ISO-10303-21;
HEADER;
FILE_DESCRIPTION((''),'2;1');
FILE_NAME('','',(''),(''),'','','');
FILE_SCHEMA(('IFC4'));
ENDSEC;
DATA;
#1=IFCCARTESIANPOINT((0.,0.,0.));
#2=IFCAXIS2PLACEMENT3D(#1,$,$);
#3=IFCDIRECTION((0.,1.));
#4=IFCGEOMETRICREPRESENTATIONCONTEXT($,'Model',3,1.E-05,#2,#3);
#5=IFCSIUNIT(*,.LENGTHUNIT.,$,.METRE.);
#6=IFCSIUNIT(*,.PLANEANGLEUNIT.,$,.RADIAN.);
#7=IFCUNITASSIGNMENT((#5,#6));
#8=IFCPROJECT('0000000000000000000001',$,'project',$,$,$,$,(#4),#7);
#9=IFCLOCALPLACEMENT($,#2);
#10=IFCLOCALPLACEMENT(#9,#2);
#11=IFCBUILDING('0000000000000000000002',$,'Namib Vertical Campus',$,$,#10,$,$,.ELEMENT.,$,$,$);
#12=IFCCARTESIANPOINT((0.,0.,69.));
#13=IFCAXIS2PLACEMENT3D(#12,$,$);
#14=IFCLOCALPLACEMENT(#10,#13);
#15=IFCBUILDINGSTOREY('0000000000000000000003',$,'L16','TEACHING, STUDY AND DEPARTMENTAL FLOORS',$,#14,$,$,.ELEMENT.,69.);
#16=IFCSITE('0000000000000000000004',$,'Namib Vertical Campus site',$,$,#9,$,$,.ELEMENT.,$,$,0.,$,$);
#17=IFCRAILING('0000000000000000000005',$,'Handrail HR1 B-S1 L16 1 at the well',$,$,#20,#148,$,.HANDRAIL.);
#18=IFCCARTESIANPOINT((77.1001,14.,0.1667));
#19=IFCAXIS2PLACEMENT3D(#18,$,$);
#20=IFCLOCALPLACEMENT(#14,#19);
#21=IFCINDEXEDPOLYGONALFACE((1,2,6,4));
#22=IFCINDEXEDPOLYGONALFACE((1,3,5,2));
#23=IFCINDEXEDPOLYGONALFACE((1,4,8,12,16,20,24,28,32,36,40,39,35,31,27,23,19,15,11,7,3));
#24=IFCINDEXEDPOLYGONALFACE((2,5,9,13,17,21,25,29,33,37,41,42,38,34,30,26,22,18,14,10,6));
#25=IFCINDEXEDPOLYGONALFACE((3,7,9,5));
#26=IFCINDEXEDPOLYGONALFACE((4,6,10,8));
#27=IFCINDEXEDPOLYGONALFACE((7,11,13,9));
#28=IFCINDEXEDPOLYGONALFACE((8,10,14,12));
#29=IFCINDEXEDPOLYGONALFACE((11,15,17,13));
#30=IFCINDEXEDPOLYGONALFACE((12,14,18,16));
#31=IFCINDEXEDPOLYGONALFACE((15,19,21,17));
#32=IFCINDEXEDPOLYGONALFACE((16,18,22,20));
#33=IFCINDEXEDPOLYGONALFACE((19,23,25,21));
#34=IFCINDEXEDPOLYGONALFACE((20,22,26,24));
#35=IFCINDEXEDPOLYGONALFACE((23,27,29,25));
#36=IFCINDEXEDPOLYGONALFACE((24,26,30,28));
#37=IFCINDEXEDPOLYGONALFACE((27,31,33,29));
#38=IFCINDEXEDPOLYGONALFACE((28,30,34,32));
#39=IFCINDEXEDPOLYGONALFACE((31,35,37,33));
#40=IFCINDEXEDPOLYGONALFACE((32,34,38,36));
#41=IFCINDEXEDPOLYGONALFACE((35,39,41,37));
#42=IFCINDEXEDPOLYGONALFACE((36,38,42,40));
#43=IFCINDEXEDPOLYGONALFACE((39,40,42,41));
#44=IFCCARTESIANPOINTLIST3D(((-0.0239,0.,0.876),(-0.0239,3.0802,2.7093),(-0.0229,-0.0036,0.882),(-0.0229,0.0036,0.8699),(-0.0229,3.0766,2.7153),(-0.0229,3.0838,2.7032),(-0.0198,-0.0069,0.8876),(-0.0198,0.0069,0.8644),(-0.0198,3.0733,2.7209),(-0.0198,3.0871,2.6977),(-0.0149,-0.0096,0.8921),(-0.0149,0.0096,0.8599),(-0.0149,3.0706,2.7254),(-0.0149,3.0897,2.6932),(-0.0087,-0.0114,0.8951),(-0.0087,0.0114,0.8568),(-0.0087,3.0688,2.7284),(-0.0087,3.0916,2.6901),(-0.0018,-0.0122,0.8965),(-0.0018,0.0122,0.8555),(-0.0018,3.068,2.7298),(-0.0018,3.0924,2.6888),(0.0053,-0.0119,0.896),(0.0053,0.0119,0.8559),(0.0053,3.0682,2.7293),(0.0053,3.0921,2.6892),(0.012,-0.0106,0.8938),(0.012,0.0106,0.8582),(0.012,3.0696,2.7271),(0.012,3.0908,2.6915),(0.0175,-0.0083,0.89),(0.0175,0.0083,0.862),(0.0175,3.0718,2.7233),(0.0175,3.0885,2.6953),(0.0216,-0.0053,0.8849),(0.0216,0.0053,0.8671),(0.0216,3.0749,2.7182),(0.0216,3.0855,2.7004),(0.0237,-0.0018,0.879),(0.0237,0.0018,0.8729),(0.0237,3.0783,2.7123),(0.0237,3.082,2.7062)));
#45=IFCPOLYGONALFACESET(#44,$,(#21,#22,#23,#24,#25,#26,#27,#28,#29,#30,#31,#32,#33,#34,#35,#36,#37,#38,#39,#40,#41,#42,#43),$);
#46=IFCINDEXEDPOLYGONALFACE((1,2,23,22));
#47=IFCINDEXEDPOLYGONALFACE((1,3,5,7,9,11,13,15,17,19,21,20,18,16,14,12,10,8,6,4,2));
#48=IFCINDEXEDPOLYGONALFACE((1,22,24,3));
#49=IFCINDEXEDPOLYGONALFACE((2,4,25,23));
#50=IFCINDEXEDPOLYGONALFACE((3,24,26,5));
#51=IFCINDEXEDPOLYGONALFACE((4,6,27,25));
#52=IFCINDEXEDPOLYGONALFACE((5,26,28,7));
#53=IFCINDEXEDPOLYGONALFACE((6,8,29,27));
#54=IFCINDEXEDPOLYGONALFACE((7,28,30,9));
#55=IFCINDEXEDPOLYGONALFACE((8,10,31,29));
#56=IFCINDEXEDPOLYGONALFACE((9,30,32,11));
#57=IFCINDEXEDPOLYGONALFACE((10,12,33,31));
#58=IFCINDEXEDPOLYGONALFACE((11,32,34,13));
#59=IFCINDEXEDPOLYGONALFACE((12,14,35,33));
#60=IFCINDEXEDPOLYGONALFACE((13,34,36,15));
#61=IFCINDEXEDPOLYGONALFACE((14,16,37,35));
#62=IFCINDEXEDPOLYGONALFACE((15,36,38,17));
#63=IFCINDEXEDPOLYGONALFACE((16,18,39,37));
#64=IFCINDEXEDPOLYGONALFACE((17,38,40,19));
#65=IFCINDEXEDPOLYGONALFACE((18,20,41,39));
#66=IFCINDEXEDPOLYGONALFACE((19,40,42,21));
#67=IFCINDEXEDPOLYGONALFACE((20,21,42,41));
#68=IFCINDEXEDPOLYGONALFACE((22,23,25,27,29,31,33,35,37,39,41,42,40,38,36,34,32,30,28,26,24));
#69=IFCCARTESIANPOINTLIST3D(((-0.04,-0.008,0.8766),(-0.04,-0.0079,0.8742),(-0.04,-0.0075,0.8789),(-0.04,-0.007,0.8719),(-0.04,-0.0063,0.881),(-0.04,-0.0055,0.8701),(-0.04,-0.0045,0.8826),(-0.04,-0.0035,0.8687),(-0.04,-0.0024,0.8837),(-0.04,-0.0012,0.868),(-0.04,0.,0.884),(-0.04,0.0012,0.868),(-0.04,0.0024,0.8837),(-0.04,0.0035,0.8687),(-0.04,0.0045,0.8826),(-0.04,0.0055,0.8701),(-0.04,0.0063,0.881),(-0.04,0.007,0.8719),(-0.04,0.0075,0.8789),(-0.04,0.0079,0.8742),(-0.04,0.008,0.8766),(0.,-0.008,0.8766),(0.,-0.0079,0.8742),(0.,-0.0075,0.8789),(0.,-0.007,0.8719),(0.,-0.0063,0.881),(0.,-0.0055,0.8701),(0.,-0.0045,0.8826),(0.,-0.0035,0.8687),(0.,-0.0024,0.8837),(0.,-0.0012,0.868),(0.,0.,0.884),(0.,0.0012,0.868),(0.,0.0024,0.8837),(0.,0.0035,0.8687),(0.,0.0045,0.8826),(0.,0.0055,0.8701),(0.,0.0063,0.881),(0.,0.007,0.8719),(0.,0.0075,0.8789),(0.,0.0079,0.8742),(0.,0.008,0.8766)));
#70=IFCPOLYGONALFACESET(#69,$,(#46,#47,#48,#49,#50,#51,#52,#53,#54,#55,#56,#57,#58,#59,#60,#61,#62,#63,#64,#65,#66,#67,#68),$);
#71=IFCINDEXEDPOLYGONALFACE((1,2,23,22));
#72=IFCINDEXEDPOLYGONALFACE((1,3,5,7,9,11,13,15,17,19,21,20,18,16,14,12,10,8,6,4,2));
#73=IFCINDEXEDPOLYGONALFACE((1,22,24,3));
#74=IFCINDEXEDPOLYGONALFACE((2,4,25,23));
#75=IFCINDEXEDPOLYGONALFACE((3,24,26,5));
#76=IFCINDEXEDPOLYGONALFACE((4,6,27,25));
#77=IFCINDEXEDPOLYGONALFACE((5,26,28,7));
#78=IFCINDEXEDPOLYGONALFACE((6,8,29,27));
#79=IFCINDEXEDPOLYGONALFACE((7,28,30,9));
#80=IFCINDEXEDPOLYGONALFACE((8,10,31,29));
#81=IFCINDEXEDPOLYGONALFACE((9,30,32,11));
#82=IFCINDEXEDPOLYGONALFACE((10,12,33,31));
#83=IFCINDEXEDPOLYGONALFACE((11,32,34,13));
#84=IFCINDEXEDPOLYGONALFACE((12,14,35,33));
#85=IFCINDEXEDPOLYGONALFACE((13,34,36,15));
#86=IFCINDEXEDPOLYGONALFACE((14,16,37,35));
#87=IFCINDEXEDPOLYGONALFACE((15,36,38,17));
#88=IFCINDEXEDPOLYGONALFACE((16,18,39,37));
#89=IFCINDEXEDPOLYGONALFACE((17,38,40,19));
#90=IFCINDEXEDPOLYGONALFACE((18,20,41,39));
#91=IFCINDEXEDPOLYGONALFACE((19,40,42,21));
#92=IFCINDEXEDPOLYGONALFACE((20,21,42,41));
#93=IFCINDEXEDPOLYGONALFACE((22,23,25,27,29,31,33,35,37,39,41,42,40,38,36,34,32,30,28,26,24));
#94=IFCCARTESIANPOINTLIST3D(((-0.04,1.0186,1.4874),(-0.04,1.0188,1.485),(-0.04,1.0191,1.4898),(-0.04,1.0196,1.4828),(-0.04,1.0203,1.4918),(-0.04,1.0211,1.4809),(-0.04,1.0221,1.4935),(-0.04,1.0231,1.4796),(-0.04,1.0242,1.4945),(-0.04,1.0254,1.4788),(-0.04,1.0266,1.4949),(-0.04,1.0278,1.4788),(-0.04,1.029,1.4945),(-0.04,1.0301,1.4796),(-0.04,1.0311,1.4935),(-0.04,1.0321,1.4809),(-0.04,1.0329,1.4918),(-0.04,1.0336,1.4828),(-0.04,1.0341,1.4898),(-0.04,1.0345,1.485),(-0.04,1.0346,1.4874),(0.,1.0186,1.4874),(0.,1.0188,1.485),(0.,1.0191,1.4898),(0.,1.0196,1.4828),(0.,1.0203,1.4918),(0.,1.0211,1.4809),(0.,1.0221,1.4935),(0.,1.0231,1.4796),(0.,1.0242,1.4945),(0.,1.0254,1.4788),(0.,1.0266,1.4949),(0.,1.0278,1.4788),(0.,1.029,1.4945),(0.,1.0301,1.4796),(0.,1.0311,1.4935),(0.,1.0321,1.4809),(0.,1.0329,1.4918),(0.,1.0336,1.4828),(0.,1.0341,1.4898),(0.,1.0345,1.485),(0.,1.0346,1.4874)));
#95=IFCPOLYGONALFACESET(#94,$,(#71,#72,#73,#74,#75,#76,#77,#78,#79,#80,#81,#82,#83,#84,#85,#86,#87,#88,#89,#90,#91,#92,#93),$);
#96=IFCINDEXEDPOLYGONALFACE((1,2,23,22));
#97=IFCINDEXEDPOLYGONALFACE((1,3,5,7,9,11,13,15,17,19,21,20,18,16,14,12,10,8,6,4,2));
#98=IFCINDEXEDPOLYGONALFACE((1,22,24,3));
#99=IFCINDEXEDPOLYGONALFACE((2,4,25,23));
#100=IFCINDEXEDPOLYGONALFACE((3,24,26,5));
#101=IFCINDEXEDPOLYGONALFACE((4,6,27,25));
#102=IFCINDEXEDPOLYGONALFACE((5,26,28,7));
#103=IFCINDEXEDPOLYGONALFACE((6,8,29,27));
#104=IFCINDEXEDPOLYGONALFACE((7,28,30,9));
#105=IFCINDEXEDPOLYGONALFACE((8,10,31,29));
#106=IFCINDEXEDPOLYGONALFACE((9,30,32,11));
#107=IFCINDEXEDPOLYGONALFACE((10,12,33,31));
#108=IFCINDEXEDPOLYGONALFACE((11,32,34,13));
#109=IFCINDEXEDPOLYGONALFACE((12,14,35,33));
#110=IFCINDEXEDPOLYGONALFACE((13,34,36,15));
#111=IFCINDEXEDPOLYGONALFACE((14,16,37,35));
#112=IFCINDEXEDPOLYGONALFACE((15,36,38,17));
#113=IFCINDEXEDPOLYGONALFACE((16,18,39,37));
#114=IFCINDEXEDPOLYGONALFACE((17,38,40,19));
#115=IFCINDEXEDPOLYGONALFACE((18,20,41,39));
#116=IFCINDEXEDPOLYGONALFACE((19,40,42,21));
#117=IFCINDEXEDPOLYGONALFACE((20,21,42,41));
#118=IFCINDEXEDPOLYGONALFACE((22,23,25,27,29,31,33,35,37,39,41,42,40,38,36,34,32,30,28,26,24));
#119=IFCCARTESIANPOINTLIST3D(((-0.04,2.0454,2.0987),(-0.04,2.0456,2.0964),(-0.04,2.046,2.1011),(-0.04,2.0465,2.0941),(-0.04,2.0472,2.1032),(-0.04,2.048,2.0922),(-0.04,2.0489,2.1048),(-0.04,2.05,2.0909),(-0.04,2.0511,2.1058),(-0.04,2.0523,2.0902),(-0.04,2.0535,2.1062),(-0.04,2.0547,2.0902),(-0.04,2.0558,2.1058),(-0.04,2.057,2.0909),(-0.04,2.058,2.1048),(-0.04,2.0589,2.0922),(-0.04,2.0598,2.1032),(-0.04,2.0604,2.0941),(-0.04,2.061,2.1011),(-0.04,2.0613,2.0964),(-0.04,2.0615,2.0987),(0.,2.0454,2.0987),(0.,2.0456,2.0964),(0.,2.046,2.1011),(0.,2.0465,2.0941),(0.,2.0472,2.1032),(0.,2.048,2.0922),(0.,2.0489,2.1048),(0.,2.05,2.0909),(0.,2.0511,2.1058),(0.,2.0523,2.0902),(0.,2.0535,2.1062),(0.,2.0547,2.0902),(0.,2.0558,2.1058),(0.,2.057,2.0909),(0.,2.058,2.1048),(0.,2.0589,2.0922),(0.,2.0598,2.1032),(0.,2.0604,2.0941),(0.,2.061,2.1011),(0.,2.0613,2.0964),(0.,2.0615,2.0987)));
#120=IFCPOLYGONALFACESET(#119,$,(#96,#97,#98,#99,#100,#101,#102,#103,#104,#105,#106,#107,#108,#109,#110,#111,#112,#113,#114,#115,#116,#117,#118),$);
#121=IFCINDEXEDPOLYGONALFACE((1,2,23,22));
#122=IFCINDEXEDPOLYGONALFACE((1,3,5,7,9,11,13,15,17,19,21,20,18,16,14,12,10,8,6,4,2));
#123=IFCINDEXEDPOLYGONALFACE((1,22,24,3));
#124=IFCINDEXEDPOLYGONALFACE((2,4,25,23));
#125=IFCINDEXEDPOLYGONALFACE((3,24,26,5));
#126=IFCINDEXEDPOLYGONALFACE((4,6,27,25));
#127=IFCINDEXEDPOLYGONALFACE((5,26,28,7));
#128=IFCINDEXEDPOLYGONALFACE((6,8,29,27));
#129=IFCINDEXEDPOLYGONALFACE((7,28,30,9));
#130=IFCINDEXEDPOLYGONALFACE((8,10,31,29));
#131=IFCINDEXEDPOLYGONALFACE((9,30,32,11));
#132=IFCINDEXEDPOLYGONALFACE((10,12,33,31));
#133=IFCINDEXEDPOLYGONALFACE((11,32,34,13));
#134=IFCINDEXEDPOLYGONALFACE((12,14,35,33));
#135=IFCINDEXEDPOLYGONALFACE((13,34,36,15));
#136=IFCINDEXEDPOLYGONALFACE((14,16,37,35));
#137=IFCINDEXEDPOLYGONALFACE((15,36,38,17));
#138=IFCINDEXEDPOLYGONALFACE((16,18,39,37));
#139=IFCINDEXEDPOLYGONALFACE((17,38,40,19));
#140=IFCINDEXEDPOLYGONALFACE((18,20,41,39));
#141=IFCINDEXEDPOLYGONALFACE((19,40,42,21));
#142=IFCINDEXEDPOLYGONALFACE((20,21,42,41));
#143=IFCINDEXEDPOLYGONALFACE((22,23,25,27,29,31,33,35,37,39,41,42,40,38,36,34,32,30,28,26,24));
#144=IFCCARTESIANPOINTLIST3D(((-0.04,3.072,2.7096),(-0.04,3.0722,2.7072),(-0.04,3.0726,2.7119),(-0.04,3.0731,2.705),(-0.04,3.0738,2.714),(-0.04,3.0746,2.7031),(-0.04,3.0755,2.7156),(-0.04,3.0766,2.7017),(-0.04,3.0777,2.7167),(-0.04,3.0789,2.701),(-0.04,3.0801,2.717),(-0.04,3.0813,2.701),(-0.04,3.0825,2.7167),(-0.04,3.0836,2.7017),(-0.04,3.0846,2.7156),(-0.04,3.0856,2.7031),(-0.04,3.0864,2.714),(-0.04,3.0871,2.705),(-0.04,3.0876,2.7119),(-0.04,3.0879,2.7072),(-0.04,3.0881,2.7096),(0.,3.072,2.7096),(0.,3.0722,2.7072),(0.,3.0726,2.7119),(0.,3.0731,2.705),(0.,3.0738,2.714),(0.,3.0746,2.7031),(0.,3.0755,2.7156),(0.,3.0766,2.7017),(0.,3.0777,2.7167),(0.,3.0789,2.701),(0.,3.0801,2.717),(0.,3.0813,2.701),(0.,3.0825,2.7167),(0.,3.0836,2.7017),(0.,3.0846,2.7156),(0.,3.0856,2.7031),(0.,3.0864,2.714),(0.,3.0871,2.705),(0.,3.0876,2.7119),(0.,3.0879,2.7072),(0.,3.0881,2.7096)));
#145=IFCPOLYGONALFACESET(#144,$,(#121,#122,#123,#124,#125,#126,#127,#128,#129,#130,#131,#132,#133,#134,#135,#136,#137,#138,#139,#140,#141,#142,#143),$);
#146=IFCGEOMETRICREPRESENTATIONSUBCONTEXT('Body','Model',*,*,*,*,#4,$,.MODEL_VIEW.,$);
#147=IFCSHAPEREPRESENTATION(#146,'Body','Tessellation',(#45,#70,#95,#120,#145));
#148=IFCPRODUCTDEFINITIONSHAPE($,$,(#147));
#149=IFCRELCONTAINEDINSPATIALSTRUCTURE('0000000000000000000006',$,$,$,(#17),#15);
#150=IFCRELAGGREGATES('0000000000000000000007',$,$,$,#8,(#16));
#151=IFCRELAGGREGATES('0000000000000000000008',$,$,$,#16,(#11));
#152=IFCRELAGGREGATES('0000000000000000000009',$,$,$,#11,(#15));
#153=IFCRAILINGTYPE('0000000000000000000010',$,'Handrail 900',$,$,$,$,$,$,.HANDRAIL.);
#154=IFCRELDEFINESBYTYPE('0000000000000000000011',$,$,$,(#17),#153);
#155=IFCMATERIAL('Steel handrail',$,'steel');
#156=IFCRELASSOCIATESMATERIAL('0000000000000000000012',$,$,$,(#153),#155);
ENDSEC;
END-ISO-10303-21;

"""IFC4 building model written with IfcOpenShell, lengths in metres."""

from ifc_helpers import new_model, si_unit, direction, frame, origin, origin_2d, place, context, subcontext, project, spatial, circle, extrude, material, type_object, element, save


model = new_model("IFC4")

# Units and contexts
model_context = context("Model", 3, precision=1e-05, world=origin(), true_north=direction((0.0, 1.0)))
body_context = subcontext(model_context, "Body", "Model", "MODEL_VIEW")
ifc_project = project(units=[si_unit("LENGTHUNIT", "METRE"), si_unit("PLANEANGLEUNIT", "RADIAN")], contexts=[model_context])

# Site, building, storey
site_placement = place(None, origin())
site = spatial("IfcSite", under=ifc_project, at=site_placement, Name="Namib Vertical Campus site", CompositionType="ELEMENT", RefElevation=0.0)
building_placement = place(site_placement, origin())
building = spatial("IfcBuilding", under=site, at=building_placement, Name="Namib Vertical Campus", CompositionType="ELEMENT")
storey_placement = place(building_placement, frame((0.0, 0.0, 69.0)))
storey = spatial("IfcBuildingStorey", under=building, at=storey_placement, Name="L16", Description="TEACHING, STUDY AND DEPARTMENTAL FLOORS", CompositionType="ELEMENT", Elevation=69.0)

# Railing
ifc_material_1 = material(Name="Steel handrail", Category="steel")
railing_type_1 = type_object("IfcRailingType", Name="Handrail 900", PredefinedType="HANDRAIL", material=ifc_material_1)
railing_1_placement = place(storey_placement, frame((77.1001, 14.0, 0.1667)))
element("IfcRailing", 1, at=railing_1_placement, inside=storey, type_object=railing_type_1, Name="Handrail HR1 B-S1 L16 1 at the well", PredefinedType="HANDRAIL", context=body_context, shape_type="SweptSolid", body=[
    extrude(circle(Radius=0.0239, at=origin_2d()), frame((0.0, 0.0, 0.876), z_axis=(0.0, 0.859309, 0.511458), x_axis=(-1.0, 0.0, 0.0)), (0.0, 0.0, 1.0), 3.5845),
    extrude(circle(Radius=0.0081, at=origin_2d()), frame((0.0, 0.0, 0.876), z_axis=(-1.0, 0.0, 0.0), x_axis=(0.0, 0.0, 1.0)), (0.0, 0.0, 1.0), 0.04),
    extrude(circle(Radius=0.0081, at=origin_2d()), frame((0.0, 1.0266, 1.4868), z_axis=(-1.0, 0.0, 0.0), x_axis=(0.0, 0.0, 1.0)), (0.0, 0.0, 1.0), 0.04),
    extrude(circle(Radius=0.0081, at=origin_2d()), frame((0.0, 2.0535, 2.0981), z_axis=(-1.0, 0.0, 0.0), x_axis=(0.0, 0.0, 1.0)), (0.0, 0.0, 1.0), 0.04),
    extrude(circle(Radius=0.0081, at=origin_2d()), frame((0.0, 3.0801, 2.709), z_axis=(-1.0, 0.0, 0.0), x_axis=(0.0, 0.0, 1.0)), (0.0, 0.0, 1.0), 0.04),
])

save(model, "model.ifc")
